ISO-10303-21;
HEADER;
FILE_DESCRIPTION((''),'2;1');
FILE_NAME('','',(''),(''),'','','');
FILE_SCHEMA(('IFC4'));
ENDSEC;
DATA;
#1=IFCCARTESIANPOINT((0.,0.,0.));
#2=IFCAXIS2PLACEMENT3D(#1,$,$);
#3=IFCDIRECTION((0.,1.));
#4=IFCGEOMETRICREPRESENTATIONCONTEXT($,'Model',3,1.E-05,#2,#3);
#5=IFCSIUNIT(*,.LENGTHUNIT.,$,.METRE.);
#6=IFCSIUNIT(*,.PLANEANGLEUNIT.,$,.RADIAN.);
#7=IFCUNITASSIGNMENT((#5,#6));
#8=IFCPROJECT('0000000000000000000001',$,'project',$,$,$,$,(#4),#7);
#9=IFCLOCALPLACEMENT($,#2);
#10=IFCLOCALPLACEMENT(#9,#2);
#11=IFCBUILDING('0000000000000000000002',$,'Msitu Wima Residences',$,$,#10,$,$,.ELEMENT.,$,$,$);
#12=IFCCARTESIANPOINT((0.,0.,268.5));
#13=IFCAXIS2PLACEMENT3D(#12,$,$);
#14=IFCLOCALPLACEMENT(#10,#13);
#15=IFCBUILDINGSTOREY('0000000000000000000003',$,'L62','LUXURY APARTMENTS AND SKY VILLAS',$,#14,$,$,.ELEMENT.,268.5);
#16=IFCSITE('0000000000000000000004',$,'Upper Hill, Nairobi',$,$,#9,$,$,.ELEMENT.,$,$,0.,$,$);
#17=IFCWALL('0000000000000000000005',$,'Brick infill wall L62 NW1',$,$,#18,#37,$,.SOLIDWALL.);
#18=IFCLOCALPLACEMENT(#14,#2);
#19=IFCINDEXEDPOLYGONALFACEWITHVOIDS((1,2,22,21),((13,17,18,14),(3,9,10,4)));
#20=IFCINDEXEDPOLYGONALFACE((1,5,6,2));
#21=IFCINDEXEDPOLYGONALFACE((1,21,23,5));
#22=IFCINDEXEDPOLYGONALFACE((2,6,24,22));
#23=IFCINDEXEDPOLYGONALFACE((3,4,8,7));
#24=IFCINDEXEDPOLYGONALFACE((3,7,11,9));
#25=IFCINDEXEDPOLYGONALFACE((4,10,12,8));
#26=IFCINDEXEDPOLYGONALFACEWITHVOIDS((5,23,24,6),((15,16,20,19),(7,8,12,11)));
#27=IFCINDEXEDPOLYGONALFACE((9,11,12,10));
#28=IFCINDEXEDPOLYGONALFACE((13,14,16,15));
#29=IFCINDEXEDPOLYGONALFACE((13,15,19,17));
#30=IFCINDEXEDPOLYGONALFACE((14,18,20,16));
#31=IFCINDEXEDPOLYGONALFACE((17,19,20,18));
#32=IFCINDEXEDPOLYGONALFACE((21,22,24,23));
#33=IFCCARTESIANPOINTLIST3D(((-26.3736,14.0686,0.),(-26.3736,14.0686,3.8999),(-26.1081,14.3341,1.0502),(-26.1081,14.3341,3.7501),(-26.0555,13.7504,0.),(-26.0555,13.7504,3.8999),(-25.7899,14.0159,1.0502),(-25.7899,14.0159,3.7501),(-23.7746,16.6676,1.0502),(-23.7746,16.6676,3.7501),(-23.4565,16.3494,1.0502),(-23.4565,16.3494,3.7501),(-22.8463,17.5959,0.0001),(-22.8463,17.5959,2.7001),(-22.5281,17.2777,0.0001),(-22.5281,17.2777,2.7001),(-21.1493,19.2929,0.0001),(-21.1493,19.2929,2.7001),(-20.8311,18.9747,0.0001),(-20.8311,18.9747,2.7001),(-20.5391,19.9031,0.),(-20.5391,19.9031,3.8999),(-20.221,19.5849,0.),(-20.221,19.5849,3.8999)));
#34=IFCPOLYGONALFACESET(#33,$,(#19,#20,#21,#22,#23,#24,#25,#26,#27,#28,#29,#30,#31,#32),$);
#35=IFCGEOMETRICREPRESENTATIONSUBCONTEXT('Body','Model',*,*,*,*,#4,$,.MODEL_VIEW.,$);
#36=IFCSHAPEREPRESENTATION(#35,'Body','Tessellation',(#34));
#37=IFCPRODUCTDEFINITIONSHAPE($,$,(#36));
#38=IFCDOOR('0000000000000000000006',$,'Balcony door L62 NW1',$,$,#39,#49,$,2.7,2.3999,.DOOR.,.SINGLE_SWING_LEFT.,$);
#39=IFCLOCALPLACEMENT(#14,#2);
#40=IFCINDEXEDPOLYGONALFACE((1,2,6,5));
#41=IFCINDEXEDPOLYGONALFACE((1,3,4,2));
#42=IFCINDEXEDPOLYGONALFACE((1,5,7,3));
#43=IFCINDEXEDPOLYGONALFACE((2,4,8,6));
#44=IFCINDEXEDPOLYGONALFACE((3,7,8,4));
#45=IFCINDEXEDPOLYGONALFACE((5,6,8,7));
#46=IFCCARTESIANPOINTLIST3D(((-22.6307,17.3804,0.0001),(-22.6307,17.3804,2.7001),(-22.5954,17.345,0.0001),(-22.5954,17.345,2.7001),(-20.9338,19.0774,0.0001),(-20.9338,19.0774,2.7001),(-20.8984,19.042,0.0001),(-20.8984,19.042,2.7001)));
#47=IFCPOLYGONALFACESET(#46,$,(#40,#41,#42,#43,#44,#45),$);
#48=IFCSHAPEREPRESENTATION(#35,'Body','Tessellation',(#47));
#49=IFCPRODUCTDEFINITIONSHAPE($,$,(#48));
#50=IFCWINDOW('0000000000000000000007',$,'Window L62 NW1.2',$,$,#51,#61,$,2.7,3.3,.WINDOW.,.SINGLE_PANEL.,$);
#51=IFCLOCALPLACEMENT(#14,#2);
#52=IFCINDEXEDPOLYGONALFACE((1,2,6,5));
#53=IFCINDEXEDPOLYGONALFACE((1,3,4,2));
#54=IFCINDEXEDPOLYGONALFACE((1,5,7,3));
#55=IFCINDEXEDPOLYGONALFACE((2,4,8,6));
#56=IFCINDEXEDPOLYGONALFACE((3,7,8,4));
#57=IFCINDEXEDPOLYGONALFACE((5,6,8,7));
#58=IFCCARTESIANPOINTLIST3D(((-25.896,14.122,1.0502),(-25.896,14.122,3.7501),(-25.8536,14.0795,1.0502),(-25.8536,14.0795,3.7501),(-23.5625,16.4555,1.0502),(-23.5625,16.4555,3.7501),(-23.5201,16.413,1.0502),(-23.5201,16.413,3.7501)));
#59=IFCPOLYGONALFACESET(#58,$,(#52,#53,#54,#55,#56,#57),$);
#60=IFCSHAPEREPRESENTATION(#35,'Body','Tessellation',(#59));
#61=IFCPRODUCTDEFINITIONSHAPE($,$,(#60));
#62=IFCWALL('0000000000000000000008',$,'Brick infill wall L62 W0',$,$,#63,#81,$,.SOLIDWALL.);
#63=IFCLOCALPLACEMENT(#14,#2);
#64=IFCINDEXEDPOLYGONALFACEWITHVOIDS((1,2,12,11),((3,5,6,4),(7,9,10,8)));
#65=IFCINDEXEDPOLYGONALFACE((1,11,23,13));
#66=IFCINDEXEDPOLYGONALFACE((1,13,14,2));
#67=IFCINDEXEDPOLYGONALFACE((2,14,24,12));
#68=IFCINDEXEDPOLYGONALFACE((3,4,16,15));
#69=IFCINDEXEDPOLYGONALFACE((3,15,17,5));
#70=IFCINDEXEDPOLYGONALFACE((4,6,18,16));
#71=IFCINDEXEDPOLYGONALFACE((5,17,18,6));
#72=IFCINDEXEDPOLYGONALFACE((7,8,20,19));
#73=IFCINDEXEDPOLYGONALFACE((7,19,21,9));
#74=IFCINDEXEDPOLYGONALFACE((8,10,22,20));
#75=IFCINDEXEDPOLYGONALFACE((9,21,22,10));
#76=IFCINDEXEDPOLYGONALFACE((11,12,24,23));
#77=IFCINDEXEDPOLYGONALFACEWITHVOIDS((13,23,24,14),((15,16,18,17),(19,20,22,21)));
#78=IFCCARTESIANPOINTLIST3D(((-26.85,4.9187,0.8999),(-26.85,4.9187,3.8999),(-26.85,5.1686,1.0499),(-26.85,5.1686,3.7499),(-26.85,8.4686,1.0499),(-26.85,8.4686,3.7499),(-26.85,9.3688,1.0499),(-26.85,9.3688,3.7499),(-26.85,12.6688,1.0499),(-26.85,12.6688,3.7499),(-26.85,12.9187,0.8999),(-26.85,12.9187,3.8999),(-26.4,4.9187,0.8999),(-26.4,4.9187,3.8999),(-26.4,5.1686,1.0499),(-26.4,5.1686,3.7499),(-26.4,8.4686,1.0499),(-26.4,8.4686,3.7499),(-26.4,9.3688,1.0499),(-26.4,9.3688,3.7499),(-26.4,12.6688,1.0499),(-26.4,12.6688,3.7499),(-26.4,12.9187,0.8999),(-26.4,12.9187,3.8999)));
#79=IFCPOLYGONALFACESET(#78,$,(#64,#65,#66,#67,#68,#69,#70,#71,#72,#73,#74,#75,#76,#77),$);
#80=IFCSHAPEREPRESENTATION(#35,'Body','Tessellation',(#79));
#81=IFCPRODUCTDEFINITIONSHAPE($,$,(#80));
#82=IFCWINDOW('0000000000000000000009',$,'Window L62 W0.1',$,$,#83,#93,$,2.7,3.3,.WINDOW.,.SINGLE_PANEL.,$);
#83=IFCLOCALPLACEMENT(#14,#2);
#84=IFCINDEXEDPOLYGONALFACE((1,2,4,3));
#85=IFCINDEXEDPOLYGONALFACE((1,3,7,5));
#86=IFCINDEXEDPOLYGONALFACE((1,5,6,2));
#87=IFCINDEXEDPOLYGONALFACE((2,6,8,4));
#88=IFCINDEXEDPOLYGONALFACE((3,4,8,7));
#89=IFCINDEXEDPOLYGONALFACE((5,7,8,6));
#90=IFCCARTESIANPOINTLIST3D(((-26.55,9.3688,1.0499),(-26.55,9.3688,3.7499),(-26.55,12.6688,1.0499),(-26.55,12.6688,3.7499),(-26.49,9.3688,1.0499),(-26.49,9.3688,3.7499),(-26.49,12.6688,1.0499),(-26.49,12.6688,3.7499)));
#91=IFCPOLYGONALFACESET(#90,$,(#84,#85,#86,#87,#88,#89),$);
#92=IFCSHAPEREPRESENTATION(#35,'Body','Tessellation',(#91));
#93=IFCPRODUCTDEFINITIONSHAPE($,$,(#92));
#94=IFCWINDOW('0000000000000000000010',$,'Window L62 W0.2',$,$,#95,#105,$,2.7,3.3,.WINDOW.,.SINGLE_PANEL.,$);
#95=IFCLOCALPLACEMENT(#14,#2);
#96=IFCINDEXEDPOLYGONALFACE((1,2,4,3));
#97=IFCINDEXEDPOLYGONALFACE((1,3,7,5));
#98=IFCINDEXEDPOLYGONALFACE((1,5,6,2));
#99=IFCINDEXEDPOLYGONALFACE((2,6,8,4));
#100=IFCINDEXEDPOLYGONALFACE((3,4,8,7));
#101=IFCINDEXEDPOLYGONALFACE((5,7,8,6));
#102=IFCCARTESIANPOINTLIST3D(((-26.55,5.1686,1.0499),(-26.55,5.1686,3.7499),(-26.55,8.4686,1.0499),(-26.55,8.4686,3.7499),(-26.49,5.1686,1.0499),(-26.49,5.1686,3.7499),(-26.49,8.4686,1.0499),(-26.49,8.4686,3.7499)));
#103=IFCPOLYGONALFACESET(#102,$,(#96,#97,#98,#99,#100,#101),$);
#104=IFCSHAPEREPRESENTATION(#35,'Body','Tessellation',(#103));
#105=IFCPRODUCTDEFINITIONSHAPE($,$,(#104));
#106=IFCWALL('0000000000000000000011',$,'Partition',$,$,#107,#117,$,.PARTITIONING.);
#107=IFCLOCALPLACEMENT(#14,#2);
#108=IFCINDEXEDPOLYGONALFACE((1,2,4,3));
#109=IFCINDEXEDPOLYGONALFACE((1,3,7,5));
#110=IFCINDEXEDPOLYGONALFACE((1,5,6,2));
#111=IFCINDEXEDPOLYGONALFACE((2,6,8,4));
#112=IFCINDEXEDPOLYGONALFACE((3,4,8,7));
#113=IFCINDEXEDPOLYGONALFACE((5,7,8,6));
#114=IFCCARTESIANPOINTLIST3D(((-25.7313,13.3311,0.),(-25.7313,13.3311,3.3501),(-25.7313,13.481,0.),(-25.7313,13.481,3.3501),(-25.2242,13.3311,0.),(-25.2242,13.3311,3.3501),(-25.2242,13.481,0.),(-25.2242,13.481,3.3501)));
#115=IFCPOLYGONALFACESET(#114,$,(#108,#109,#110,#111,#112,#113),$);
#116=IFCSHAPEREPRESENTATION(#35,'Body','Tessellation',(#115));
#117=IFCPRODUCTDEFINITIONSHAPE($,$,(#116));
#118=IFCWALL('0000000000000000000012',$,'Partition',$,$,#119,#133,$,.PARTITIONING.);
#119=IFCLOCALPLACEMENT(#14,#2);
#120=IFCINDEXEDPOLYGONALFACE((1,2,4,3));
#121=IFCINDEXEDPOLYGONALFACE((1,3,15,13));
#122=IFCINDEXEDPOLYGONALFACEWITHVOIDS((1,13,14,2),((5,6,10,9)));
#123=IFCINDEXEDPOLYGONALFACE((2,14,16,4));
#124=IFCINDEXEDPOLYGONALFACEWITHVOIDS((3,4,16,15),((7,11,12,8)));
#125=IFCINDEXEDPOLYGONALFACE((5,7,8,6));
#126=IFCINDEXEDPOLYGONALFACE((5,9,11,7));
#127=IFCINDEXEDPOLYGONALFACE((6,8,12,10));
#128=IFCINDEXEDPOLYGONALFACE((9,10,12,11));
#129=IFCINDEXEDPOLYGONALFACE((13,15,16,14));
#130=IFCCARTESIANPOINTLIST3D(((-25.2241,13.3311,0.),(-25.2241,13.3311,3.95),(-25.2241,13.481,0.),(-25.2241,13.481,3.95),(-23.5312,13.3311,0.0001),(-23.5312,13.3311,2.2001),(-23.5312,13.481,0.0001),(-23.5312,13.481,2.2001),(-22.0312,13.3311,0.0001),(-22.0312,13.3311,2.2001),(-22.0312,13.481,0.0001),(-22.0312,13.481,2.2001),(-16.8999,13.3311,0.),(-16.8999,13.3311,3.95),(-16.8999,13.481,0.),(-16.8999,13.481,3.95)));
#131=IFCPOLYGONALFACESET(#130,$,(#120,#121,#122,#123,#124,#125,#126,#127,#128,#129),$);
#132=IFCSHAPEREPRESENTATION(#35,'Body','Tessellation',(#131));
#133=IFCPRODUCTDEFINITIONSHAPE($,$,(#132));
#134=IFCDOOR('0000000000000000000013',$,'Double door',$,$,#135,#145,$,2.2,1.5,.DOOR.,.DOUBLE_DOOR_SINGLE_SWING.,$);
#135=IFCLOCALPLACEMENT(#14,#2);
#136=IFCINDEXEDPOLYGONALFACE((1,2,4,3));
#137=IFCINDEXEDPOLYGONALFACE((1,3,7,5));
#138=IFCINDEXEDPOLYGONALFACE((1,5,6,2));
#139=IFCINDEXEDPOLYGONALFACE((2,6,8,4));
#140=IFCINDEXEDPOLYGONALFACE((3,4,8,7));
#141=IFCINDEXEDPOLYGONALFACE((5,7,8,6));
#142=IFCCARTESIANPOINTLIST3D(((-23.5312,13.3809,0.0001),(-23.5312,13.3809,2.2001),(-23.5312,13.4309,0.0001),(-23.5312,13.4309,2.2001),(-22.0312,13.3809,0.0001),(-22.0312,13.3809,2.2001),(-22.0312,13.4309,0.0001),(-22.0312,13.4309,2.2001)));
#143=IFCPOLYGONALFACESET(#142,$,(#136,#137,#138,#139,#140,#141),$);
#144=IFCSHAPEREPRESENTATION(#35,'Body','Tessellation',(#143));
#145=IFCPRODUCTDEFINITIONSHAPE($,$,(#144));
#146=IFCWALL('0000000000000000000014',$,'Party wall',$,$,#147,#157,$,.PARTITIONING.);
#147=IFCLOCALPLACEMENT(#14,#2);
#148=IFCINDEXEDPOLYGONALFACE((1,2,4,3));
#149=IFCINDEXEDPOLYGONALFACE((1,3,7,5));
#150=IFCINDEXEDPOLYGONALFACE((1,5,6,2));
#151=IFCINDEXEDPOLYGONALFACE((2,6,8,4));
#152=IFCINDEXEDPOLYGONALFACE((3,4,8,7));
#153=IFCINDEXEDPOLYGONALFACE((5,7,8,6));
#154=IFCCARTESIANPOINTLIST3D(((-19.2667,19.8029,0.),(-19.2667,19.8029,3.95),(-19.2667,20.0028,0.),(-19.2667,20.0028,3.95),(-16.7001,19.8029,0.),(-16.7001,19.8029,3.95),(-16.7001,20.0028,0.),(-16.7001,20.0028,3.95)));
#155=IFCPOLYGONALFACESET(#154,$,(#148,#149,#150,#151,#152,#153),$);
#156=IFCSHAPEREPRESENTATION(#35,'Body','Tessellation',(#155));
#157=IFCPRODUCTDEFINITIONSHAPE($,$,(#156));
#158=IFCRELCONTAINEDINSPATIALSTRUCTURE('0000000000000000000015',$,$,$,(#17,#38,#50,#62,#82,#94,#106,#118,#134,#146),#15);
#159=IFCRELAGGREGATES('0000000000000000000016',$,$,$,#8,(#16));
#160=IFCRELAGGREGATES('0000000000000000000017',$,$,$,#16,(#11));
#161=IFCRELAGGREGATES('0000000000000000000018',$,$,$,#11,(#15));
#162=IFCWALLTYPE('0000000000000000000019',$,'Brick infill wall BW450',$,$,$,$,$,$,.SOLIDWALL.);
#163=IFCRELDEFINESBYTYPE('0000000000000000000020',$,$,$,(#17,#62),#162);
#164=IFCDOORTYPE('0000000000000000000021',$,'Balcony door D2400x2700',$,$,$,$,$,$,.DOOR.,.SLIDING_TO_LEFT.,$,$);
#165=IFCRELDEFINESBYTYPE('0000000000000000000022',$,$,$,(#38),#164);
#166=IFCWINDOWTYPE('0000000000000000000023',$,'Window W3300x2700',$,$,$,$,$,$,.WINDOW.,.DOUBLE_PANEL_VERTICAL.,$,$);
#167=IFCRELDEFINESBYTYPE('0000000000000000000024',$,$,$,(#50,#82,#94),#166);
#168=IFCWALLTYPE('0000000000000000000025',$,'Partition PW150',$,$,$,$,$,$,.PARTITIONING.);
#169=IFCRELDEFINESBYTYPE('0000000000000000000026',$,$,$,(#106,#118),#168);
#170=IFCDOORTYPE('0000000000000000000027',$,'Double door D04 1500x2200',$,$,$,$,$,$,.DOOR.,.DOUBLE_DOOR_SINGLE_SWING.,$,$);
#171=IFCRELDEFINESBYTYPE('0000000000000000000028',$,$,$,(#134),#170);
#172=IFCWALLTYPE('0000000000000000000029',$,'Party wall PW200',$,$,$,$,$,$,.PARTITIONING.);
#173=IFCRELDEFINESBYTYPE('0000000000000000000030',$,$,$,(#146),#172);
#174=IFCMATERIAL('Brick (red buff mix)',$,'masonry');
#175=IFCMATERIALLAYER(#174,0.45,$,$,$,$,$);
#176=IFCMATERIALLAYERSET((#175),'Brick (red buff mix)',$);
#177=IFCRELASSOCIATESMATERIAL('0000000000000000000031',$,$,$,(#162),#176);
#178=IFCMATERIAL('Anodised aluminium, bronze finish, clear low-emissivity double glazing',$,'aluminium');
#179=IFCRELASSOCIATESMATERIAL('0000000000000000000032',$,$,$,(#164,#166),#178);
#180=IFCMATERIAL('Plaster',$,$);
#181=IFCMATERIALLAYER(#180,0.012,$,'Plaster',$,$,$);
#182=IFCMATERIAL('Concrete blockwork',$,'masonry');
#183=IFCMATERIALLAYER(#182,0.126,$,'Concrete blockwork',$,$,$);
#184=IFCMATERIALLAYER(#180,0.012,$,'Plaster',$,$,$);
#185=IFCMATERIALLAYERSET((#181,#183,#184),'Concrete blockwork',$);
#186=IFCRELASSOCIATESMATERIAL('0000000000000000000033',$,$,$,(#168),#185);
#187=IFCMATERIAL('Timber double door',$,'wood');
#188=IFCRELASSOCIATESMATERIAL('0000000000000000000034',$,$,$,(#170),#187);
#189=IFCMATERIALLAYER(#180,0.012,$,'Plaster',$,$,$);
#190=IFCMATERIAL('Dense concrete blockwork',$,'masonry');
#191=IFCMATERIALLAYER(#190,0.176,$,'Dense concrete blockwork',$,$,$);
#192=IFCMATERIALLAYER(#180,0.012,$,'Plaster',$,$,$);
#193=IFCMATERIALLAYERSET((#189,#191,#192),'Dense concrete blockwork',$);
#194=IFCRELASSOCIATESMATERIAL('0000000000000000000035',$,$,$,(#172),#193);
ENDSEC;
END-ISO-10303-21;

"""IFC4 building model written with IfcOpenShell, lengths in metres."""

from ifc_helpers import new_model, si_unit, direction, frame, frame_2d, origin, place, context, subcontext, project, spatial, rectangle, extrude, material, layer, layer_set, type_object, element, fill, save


model = new_model("IFC4")

# Units and contexts
model_context = context("Model", 3, precision=1e-05, world=origin(), true_north=direction((0.0, 1.0)))
body_context = subcontext(model_context, "Body", "Model", "MODEL_VIEW")
ifc_project = project(units=[si_unit("LENGTHUNIT", "METRE"), si_unit("PLANEANGLEUNIT", "RADIAN")], contexts=[model_context])

# Site, building, storey
site_placement = place(None, origin())
site = spatial("IfcSite", under=ifc_project, at=site_placement, Name="Upper Hill, Nairobi", CompositionType="ELEMENT", RefElevation=0.0)
building_placement = place(site_placement, origin())
building = spatial("IfcBuilding", under=site, at=building_placement, Name="Msitu Wima Residences", CompositionType="ELEMENT")
storey_placement = place(building_placement, frame((0.0, 0.0, 268.5)))
storey = spatial("IfcBuildingStorey", under=building, at=storey_placement, Name="L62", Description="LUXURY APARTMENTS AND SKY VILLAS", CompositionType="ELEMENT", Elevation=268.5)

# Wall, openings, door, window
ifc_material_1 = material(Name="Brick (red buff mix)", Category="masonry")
ifc_layer_1 = layer(ifc_material_1, 0.45)
ifc_layer_set_1 = layer_set([ifc_layer_1], Name="Brick (red buff mix)")
wall_type_1 = type_object("IfcWallType", Name="Brick infill wall BW450", PredefinedType="SOLIDWALL", material=ifc_layer_set_1)
wall_1_placement = place(storey_placement, frame((-20.3801, 19.7439, 0.0), z_axis=(0.0, 0.0, 1.0), x_axis=(-0.707107, -0.707107, 0.0)))
wall_1 = element("IfcWall", 1, at=wall_1_placement, inside=storey, type_object=wall_type_1, Name="Brick infill wall L62 NW1", PredefinedType="SOLIDWALL", context=body_context, shape_type="SweptSolid", body=[
    extrude(rectangle(XDim=8.2512, YDim=0.45, at=frame_2d((4.1255, 0.0))), origin(), (0.0, 0.0, 1.0), 3.8999),
])
opening_1_placement = place(wall_1_placement, frame((0.8628, 0.0, 0.0)))
opening_1 = element("IfcOpeningElement", 2, at=opening_1_placement, cuts=wall_1, PredefinedType="OPENING", context=body_context, shape_type="SweptSolid", body=[
    extrude(rectangle(XDim=2.3999, YDim=2.7, at=frame_2d((1.2, 1.3501))), frame((0.0, 0.2349, 0.0), z_axis=(0.0, -1.0, 0.0), x_axis=(1.0, 0.0, 0.0)), (0.0, 0.0, 1.0), 0.47),
])
opening_2_placement = place(wall_1_placement, frame((4.5757, 0.0, 1.05)))
opening_2 = element("IfcOpeningElement", 3, at=opening_2_placement, cuts=wall_1, PredefinedType="OPENING", context=body_context, shape_type="SweptSolid", body=[
    extrude(rectangle(XDim=3.3, YDim=2.7, at=frame_2d((1.6499, 1.3501))), frame((0.0, 0.2349, 0.0), z_axis=(0.0, -1.0, 0.0), x_axis=(1.0, 0.0, 0.0)), (0.0, 0.0, 1.0), 0.47),
])
ifc_material_2 = material(Name="Anodised aluminium, bronze finish, clear low-emissivity double glazing", Category="aluminium")
door_type_1 = type_object("IfcDoorType", Name="Balcony door D2400x2700", OperationType="SLIDING_TO_LEFT", PredefinedType="DOOR", material=ifc_material_2)
door_1_placement = place(opening_1_placement, origin())
door_1 = element("IfcDoor", 4, at=door_1_placement, inside=storey, type_object=door_type_1, Name="Balcony door L62 NW1", OperationType="SINGLE_SWING_LEFT", OverallHeight=2.7, OverallWidth=2.3999, PredefinedType="DOOR", context=body_context, shape_type="SweptSolid", body=[
    extrude(rectangle(XDim=2.3999, YDim=2.7, at=frame_2d((1.2, 1.3501))), frame((0.0, 0.1299, 0.0), z_axis=(0.0, -1.0, 0.0), x_axis=(1.0, 0.0, 0.0)), (0.0, 0.0, 1.0), 0.05),
])
fill(opening_1, door_1)
window_type = type_object("IfcWindowType", Name="Window W3300x2700", PartitioningType="DOUBLE_PANEL_VERTICAL", PredefinedType="WINDOW", material=ifc_material_2)
window_1_placement = place(opening_2_placement, origin())
window_1 = element("IfcWindow", 5, at=window_1_placement, inside=storey, type_object=window_type, Name="Window L62 NW1.2", OverallHeight=2.7, OverallWidth=3.3, PartitioningType="SINGLE_PANEL", PredefinedType="WINDOW", context=body_context, shape_type="SweptSolid", body=[
    extrude(rectangle(XDim=3.3, YDim=2.7, at=frame_2d((1.6499, 1.3501))), frame((0.0, 0.135, 0.0), z_axis=(0.0, -1.0, 0.0), x_axis=(1.0, 0.0, 0.0)), (0.0, 0.0, 1.0), 0.0601),
])
fill(opening_2, window_1)

# Wall, openings, windows
wall_2_placement = place(storey_placement, frame((-26.625, 12.9187, 0.8999), z_axis=(0.0, 0.0, 1.0), x_axis=(0.0, -1.0, 0.0)))
wall_2 = element("IfcWall", 6, at=wall_2_placement, inside=storey, type_object=wall_type_1, Name="Brick infill wall L62 W0", PredefinedType="SOLIDWALL", context=body_context, shape_type="SweptSolid", body=[
    extrude(rectangle(XDim=8.0, YDim=0.45, at=frame_2d((4.0, 0.0))), origin(), (0.0, 0.0, 1.0), 3.0),
])
opening_3_placement = place(wall_2_placement, frame((0.25, 0.0, 0.1499)))
opening_3 = element("IfcOpeningElement", 7, at=opening_3_placement, cuts=wall_2, PredefinedType="OPENING", context=body_context, shape_type="SweptSolid", body=[
    extrude(rectangle(XDim=3.3, YDim=2.7, at=frame_2d((1.6499, 1.3501))), frame((0.0, 0.2349, 0.0), z_axis=(0.0, -1.0, 0.0), x_axis=(1.0, 0.0, 0.0)), (0.0, 0.0, 1.0), 0.47),
])
opening_4_placement = place(wall_2_placement, frame((4.4502, 0.0, 0.1499)))
opening_4 = element("IfcOpeningElement", 8, at=opening_4_placement, cuts=wall_2, PredefinedType="OPENING", context=body_context, shape_type="SweptSolid", body=[
    extrude(rectangle(XDim=3.3, YDim=2.7, at=frame_2d((1.6499, 1.3501))), frame((0.0, 0.2349, 0.0), z_axis=(0.0, -1.0, 0.0), x_axis=(1.0, 0.0, 0.0)), (0.0, 0.0, 1.0), 0.47),
])
window_2_placement = place(opening_3_placement, origin())
window_2 = element("IfcWindow", 9, at=window_2_placement, inside=storey, type_object=window_type, Name="Window L62 W0.1", OverallHeight=2.7, OverallWidth=3.3, PartitioningType="SINGLE_PANEL", PredefinedType="WINDOW", context=body_context, shape_type="SweptSolid", body=[
    extrude(rectangle(XDim=3.3, YDim=2.7, at=frame_2d((1.6499, 1.3501))), frame((0.0, 0.135, 0.0), z_axis=(0.0, -1.0, 0.0), x_axis=(1.0, 0.0, 0.0)), (0.0, 0.0, 1.0), 0.0601),
])
fill(opening_3, window_2)
window_3_placement = place(opening_4_placement, origin())
window_3 = element("IfcWindow", 10, at=window_3_placement, inside=storey, type_object=window_type, Name="Window L62 W0.2", OverallHeight=2.7, OverallWidth=3.3, PartitioningType="SINGLE_PANEL", PredefinedType="WINDOW", context=body_context, shape_type="SweptSolid", body=[
    extrude(rectangle(XDim=3.3, YDim=2.7, at=frame_2d((1.6499, 1.3501))), frame((0.0, 0.135, 0.0), z_axis=(0.0, -1.0, 0.0), x_axis=(1.0, 0.0, 0.0)), (0.0, 0.0, 1.0), 0.0601),
])
fill(opening_4, window_3)

# Shared definitions
ifc_material_3 = material(Name="Plaster")
ifc_material_4 = material(Name="Concrete blockwork", Category="masonry")

# Wall
ifc_layer_2 = layer(ifc_material_3, 0.012, Name="Plaster")
ifc_layer_3 = layer(ifc_material_4, 0.126, Name="Concrete blockwork")
ifc_layer_4 = layer(ifc_material_3, 0.012, Name="Plaster")
ifc_layer_set_2 = layer_set([ifc_layer_2, ifc_layer_3, ifc_layer_4], Name="Concrete blockwork")
wall_type_2 = type_object("IfcWallType", Name="Partition PW150", PredefinedType="PARTITIONING", material=ifc_layer_set_2)
wall_3_placement = place(storey_placement, frame((-25.7312, 13.406, 0.0), z_axis=(0.0, 0.0, 1.0), x_axis=(1.0, 0.0, 0.0)))
element("IfcWall", 11, at=wall_3_placement, inside=storey, type_object=wall_type_2, Name="Partition", PredefinedType="PARTITIONING", context=body_context, shape_type="SweptSolid", body=[
    extrude(rectangle(XDim=0.5071, YDim=0.1499, at=frame_2d((0.2534, 0.0))), origin(), (0.0, 0.0, 1.0), 3.3501),
])

# Wall, opening, door
wall_4_placement = place(storey_placement, frame((-25.2241, 13.406, 0.0), z_axis=(0.0, 0.0, 1.0), x_axis=(1.0, 0.0, 0.0)))
wall_4 = element("IfcWall", 12, at=wall_4_placement, inside=storey, type_object=wall_type_2, Name="Partition", PredefinedType="PARTITIONING", context=body_context, shape_type="SweptSolid", body=[
    extrude(rectangle(XDim=8.3242, YDim=0.1499, at=frame_2d((4.1621, 0.0))), origin(), (0.0, 0.0, 1.0), 3.95),
])
opening_5_placement = place(wall_4_placement, frame((1.6929, 0.0, 0.0)))
opening_5 = element("IfcOpeningElement", 13, at=opening_5_placement, cuts=wall_4, PredefinedType="OPENING", context=body_context, shape_type="SweptSolid", body=[
    extrude(rectangle(XDim=1.5, YDim=2.2, at=frame_2d((0.75, 1.1001))), frame((0.0, 0.085, 0.0), z_axis=(0.0, -1.0, 0.0), x_axis=(1.0, 0.0, 0.0)), (0.0, 0.0, 1.0), 0.1699),
])
ifc_material_5 = material(Name="Timber double door", Category="wood")
door_type_2 = type_object("IfcDoorType", Name="Double door D04 1500x2200", OperationType="DOUBLE_DOOR_SINGLE_SWING", PredefinedType="DOOR", material=ifc_material_5)
door_2_placement = place(opening_5_placement, origin())
door_2 = element("IfcDoor", 14, at=door_2_placement, inside=storey, type_object=door_type_2, Name="Double door", OperationType="DOUBLE_DOOR_SINGLE_SWING", OverallHeight=2.2, OverallWidth=1.5, PredefinedType="DOOR", context=body_context, shape_type="SweptSolid", body=[
    extrude(rectangle(XDim=1.5, YDim=2.2, at=frame_2d((0.75, 1.1001))), frame((0.0, 0.0249, 0.0), z_axis=(0.0, -1.0, 0.0), x_axis=(1.0, 0.0, 0.0)), (0.0, 0.0, 1.0), 0.05),
])
fill(opening_5, door_2)

# Wall
ifc_layer_5 = layer(ifc_material_3, 0.012, Name="Plaster")
ifc_material_6 = material(Name="Dense concrete blockwork", Category="masonry")
ifc_layer_6 = layer(ifc_material_6, 0.176, Name="Dense concrete blockwork")
ifc_layer_7 = layer(ifc_material_3, 0.012, Name="Plaster")
ifc_layer_set_3 = layer_set([ifc_layer_5, ifc_layer_6, ifc_layer_7], Name="Dense concrete blockwork")
wall_type_3 = type_object("IfcWallType", Name="Party wall PW200", PredefinedType="PARTITIONING", material=ifc_layer_set_3)
wall_5_placement = place(storey_placement, frame((-19.2666, 19.9028, 0.0), z_axis=(0.0, 0.0, 1.0), x_axis=(1.0, 0.0, 0.0)))
element("IfcWall", 15, at=wall_5_placement, inside=storey, type_object=wall_type_3, Name="Party wall", PredefinedType="PARTITIONING", context=body_context, shape_type="SweptSolid", body=[
    extrude(rectangle(XDim=2.5667, YDim=0.2, at=frame_2d((1.2832, 0.0))), origin(), (0.0, 0.0, 1.0), 3.95),
])

save(model, "model.ifc")
